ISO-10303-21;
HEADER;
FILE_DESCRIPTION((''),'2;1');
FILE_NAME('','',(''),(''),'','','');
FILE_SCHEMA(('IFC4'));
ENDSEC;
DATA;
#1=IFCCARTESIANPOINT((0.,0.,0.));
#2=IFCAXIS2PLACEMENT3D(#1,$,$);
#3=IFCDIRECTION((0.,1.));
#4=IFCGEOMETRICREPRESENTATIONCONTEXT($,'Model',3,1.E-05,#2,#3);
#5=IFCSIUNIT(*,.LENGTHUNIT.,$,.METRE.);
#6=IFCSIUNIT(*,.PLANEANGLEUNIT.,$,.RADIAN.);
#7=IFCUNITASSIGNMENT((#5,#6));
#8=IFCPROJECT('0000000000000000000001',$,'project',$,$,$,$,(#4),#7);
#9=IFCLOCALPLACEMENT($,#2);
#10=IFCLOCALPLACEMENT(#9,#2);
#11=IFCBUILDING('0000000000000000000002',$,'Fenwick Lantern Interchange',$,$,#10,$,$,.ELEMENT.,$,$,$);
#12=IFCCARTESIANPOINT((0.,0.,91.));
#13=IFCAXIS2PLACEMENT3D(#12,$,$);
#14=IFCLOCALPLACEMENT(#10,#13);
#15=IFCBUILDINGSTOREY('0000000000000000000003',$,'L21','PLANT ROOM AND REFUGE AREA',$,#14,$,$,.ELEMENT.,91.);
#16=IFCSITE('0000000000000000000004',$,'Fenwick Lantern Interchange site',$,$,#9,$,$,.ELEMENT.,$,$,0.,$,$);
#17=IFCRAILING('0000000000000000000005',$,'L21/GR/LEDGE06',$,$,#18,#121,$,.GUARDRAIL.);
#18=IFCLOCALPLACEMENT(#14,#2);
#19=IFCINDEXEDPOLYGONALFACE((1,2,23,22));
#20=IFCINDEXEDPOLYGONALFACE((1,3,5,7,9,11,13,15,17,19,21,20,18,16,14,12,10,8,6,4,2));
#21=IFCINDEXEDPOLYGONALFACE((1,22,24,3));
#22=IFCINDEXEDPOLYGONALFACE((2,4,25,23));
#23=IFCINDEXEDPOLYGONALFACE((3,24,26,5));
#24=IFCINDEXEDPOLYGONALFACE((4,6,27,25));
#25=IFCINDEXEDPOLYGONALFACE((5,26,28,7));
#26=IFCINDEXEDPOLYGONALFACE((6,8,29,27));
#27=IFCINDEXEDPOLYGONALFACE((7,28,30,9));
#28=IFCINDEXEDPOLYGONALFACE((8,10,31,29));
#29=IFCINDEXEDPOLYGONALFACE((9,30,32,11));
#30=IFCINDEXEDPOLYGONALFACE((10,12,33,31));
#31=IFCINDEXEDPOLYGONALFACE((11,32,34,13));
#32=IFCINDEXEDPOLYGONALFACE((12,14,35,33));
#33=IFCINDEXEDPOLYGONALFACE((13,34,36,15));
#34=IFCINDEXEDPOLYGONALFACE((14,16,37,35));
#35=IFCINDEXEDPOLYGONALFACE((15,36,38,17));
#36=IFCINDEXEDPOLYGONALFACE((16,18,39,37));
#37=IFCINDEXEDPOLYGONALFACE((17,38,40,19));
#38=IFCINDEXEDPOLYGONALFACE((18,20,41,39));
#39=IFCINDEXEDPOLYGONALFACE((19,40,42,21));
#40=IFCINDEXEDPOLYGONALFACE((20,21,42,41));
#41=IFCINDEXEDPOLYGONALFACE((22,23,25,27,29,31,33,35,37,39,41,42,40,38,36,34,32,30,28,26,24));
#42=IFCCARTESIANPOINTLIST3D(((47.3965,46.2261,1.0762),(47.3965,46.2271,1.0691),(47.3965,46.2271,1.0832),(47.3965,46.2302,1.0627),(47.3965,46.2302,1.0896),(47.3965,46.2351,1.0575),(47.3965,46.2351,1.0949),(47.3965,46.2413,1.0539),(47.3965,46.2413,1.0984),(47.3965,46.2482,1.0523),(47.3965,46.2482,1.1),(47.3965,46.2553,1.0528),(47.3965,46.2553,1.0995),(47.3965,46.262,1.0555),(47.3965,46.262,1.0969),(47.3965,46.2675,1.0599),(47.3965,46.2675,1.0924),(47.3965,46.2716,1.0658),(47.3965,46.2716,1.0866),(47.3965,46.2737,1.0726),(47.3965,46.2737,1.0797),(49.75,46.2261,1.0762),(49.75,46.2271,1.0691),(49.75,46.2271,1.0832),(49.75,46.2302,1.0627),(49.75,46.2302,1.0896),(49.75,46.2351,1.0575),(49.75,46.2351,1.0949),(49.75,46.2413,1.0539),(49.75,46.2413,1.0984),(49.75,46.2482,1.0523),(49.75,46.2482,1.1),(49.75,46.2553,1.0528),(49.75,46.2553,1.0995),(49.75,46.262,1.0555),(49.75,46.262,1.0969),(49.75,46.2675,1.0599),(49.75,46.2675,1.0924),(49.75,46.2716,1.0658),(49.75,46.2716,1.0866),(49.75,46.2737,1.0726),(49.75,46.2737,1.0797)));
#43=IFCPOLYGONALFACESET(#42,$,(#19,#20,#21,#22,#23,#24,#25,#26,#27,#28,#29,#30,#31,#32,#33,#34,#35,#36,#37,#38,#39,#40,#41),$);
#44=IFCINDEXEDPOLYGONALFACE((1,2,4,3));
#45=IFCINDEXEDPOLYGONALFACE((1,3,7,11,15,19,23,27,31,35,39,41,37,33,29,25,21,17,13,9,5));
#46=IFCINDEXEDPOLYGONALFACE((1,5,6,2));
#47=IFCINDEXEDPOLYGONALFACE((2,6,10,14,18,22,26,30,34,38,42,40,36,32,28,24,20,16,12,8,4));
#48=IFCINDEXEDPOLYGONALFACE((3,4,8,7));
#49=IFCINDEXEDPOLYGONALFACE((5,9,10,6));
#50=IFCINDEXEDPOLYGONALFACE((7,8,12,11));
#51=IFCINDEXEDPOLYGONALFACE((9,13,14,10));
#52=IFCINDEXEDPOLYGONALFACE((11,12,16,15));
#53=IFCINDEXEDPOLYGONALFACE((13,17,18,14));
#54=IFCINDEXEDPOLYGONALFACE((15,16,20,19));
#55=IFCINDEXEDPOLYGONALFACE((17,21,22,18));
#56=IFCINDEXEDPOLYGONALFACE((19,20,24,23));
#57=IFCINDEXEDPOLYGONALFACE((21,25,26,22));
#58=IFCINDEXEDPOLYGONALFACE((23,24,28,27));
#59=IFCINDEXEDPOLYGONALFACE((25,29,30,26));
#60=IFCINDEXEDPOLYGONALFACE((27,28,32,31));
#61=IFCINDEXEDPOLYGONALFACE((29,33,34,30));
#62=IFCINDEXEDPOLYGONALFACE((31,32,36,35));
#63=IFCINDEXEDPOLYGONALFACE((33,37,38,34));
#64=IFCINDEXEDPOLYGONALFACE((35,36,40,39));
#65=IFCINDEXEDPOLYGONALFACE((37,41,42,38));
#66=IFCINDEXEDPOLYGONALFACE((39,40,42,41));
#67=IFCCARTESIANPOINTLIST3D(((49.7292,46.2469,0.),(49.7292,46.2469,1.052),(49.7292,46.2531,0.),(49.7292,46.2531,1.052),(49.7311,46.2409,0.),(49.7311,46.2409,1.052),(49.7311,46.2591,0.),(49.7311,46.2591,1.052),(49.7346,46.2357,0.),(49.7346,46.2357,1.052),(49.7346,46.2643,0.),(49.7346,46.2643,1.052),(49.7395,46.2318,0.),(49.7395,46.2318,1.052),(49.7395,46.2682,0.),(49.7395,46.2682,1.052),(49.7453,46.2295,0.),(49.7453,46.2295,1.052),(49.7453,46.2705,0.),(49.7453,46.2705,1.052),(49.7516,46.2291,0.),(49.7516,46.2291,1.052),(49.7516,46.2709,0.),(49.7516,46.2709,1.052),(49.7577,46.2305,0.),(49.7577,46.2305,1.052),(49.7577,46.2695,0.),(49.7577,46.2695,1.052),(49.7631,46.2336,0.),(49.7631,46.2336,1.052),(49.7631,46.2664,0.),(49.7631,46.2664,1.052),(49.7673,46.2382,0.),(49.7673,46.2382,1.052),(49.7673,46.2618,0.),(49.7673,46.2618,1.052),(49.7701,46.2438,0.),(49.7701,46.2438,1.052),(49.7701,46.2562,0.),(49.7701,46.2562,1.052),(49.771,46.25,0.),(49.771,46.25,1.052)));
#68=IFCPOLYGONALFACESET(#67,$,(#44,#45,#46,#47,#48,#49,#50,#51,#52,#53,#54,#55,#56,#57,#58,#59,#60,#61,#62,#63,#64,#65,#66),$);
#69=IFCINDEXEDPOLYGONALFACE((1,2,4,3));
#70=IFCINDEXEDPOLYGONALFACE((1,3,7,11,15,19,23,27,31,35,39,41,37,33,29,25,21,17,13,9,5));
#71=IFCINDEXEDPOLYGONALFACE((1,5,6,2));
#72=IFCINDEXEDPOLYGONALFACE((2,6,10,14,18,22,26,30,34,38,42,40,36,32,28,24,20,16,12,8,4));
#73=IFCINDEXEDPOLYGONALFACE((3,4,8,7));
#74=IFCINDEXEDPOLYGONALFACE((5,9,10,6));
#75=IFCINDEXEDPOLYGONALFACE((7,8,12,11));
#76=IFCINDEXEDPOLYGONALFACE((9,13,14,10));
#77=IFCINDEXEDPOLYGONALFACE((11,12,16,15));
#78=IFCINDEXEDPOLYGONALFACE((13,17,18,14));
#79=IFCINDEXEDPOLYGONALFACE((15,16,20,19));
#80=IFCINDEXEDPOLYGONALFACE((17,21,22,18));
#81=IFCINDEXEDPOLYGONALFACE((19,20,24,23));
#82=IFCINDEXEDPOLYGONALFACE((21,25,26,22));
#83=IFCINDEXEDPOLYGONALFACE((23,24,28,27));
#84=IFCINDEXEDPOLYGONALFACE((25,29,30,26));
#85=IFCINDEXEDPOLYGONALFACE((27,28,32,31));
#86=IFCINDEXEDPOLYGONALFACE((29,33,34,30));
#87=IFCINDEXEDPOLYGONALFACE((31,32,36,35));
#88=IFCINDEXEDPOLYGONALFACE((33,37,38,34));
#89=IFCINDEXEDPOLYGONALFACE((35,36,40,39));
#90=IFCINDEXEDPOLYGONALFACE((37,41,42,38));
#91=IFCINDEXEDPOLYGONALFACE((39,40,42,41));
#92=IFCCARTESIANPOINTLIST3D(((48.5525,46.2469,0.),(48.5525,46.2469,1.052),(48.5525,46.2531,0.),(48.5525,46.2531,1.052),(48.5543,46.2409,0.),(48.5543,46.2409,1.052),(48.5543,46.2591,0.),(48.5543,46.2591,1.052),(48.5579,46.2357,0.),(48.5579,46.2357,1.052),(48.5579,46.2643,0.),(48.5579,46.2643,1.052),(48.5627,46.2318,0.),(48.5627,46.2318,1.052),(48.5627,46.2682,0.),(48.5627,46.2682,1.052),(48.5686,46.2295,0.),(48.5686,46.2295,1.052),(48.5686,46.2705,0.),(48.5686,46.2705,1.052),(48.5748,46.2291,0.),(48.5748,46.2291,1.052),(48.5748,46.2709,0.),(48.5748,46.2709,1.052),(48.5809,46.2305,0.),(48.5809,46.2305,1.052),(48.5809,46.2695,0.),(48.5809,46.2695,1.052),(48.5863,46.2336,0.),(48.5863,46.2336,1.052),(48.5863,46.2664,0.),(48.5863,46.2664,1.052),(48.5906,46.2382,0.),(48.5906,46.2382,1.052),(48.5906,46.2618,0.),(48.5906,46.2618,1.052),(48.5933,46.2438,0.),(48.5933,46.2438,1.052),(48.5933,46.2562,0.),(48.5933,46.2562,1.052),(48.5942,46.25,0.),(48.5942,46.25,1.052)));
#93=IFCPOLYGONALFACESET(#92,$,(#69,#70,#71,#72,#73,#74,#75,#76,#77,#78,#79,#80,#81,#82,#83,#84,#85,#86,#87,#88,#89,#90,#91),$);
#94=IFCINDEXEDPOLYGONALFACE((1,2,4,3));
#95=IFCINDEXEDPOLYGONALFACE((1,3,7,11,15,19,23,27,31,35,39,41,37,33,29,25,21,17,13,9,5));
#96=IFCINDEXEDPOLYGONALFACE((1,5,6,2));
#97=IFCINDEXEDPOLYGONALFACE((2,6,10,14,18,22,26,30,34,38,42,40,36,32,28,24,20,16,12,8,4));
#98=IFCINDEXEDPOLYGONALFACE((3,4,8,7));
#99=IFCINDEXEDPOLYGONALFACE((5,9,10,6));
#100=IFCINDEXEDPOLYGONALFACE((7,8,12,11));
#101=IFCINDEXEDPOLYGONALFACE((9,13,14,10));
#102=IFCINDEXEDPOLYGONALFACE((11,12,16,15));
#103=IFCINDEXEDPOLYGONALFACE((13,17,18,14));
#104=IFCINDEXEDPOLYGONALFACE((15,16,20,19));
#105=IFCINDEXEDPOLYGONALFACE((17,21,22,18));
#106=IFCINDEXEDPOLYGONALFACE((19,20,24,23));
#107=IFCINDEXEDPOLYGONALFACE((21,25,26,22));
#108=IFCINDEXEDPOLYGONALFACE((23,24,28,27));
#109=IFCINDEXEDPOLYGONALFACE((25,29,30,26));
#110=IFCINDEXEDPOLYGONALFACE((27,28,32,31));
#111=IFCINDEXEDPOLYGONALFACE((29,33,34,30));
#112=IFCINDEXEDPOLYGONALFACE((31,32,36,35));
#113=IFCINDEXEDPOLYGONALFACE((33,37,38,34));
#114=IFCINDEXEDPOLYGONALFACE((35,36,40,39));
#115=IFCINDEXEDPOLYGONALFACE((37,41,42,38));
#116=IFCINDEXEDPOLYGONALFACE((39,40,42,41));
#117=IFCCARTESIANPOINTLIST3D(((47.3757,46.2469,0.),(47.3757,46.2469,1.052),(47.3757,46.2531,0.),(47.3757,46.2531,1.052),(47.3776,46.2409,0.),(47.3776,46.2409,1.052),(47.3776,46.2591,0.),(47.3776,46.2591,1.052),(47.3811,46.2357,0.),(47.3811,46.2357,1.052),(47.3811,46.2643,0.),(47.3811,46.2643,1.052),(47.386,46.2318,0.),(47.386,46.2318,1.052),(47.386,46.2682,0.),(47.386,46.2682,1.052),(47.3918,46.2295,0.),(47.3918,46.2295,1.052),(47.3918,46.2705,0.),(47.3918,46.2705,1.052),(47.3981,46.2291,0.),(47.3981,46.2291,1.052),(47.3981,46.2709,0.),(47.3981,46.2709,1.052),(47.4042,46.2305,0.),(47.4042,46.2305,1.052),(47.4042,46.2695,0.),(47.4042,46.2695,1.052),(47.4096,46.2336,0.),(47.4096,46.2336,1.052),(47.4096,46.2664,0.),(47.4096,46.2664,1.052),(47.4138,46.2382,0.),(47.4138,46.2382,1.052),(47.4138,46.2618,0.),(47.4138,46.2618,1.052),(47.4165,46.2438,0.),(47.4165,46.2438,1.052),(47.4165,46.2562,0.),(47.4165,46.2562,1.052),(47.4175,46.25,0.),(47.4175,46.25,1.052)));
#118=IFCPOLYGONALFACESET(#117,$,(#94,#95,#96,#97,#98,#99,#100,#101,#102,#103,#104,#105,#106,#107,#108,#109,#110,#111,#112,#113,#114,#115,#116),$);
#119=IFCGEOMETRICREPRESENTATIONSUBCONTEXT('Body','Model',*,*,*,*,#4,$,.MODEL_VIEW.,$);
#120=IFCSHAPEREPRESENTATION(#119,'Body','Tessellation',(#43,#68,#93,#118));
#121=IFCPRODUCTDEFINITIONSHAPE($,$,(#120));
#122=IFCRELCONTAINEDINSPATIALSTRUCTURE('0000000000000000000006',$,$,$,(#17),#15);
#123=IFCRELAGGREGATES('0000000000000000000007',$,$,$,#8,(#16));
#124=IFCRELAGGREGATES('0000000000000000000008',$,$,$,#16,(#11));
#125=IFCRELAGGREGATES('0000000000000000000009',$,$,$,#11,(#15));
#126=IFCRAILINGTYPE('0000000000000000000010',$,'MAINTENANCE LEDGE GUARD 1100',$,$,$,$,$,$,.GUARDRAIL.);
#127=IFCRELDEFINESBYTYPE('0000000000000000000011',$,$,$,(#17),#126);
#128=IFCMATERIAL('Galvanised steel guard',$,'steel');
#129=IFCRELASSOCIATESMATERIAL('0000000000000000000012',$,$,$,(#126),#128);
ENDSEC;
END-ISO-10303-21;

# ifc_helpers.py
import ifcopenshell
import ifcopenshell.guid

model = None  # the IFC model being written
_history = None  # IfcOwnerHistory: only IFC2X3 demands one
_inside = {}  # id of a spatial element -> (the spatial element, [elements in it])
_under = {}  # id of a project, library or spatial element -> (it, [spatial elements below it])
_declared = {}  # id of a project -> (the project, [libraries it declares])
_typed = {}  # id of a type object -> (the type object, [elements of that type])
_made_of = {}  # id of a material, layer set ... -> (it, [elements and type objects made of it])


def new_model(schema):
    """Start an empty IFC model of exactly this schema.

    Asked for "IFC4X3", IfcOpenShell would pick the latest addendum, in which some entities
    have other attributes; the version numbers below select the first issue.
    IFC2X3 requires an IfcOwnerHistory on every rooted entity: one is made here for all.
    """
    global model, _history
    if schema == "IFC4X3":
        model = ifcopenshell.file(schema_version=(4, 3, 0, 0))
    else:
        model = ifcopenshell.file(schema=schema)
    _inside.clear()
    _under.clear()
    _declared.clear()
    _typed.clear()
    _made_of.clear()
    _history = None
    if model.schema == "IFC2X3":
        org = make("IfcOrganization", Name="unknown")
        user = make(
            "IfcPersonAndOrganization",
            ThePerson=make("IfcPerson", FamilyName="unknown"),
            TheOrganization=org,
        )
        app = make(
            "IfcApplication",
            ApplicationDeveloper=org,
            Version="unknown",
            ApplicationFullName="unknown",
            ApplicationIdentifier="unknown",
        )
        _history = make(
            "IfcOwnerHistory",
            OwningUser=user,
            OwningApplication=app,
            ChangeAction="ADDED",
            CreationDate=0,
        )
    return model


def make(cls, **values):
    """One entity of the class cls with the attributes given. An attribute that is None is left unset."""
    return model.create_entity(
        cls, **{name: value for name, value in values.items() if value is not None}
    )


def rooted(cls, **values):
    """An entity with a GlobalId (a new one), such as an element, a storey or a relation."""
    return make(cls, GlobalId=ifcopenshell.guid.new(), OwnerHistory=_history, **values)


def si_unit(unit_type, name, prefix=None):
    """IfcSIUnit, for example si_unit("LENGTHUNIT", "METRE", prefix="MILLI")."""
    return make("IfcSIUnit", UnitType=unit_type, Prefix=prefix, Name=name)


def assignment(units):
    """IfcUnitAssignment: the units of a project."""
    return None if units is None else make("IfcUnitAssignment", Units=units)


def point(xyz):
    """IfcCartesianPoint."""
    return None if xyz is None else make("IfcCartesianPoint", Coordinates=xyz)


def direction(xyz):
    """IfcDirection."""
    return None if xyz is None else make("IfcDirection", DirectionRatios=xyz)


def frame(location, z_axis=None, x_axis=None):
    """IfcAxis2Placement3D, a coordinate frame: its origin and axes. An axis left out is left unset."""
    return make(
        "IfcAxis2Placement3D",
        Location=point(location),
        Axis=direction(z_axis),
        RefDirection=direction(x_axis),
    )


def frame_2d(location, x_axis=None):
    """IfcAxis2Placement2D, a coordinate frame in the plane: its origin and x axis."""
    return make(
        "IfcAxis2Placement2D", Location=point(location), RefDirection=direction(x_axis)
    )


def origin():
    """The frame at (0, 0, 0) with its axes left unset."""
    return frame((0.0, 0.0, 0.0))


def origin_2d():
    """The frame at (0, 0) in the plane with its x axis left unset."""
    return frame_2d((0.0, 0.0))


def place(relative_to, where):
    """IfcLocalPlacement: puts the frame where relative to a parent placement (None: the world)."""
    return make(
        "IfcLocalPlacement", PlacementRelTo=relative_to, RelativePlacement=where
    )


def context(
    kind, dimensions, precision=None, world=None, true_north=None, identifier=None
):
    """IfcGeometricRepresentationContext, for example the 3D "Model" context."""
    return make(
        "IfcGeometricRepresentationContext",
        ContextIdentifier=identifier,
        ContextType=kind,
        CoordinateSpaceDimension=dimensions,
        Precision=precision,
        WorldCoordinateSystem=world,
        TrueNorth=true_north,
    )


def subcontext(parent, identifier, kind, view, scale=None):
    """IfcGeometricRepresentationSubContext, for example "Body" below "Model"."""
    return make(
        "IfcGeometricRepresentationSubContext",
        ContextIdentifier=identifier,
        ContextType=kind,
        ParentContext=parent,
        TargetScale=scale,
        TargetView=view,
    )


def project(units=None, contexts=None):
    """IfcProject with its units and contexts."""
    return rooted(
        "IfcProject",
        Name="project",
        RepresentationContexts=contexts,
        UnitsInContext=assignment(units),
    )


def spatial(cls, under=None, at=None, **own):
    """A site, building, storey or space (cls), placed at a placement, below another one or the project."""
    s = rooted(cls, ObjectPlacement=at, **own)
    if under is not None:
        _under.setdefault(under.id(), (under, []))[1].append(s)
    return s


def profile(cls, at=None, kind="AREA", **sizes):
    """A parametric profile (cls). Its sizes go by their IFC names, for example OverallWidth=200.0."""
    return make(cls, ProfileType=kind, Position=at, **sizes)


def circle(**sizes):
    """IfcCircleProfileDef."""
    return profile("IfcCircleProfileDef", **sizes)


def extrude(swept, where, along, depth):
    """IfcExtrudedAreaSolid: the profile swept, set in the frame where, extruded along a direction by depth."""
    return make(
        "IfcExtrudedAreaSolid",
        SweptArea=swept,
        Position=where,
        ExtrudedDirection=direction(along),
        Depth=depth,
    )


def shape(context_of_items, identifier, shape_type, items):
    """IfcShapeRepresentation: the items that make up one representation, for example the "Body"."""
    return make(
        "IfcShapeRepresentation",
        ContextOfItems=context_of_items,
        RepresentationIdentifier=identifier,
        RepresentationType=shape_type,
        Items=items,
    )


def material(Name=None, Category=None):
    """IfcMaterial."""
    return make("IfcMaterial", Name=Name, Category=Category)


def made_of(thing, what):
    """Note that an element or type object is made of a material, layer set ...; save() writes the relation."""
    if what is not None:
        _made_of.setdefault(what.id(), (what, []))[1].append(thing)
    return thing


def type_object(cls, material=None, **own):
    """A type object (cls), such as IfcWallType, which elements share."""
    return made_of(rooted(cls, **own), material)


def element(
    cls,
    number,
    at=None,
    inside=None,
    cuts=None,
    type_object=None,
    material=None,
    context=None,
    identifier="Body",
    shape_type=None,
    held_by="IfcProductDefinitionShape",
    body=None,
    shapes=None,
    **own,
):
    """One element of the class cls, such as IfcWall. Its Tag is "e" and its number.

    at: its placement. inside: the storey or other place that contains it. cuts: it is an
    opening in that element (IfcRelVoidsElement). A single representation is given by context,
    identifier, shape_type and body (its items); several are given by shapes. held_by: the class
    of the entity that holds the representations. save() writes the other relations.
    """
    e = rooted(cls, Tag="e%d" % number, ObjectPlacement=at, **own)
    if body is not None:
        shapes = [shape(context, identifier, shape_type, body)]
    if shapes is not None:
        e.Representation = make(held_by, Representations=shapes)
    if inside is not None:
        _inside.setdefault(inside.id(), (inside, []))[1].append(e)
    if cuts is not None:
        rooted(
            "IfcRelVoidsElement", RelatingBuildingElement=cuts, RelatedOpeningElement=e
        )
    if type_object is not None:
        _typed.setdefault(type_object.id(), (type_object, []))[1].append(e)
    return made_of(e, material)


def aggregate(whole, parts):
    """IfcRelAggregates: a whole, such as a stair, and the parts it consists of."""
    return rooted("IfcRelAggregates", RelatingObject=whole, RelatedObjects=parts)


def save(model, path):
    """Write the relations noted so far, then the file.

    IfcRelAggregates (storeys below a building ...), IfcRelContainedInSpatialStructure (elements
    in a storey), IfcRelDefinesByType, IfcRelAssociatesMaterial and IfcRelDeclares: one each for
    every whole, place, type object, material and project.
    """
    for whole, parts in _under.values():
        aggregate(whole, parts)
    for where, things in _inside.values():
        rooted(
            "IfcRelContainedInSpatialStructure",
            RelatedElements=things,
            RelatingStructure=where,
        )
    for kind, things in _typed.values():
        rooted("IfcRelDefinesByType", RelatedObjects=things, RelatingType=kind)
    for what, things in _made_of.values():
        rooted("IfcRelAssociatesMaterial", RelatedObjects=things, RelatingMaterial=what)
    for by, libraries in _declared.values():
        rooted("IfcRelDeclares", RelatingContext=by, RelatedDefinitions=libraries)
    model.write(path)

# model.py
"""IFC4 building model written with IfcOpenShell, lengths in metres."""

from ifc_helpers import new_model, si_unit, direction, frame, origin, origin_2d, place, context, subcontext, project, spatial, circle, extrude, material, type_object, element, save


model = new_model("IFC4")

# Units and contexts
model_context = context("Model", 3, precision=1e-05, world=origin(), true_north=direction((0.0, 1.0)))
body_context = subcontext(model_context, "Body", "Model", "MODEL_VIEW")
ifc_project = project(units=[si_unit("LENGTHUNIT", "METRE"), si_unit("PLANEANGLEUNIT", "RADIAN")], contexts=[model_context])

# Site, building, storey
site_placement = place(None, origin())
site = spatial("IfcSite", under=ifc_project, at=site_placement, Name="Fenwick Lantern Interchange site", CompositionType="ELEMENT", RefElevation=0.0)
building_placement = place(site_placement, origin())
building = spatial("IfcBuilding", under=site, at=building_placement, Name="Fenwick Lantern Interchange", CompositionType="ELEMENT")
storey_placement = place(building_placement, frame((0.0, 0.0, 91.0)))
storey = spatial("IfcBuildingStorey", under=building, at=storey_placement, Name="L21", Description="PLANT ROOM AND REFUGE AREA", CompositionType="ELEMENT", Elevation=91.0)

# Railing
ifc_material_1 = material(Name="Galvanised steel guard", Category="steel")
railing_type = type_object("IfcRailingType", Name="MAINTENANCE LEDGE GUARD 1100", PredefinedType="GUARDRAIL", material=ifc_material_1)
railing_1_placement = place(storey_placement, frame((49.75, 46.25, 0.0)))
element("IfcRailing", 1, at=railing_1_placement, inside=storey, type_object=railing_type, Name="L21/GR/LEDGE06", PredefinedType="GUARDRAIL", context=body_context, shape_type="SweptSolid", body=[
    extrude(circle(Radius=0.0239, at=origin_2d()), frame((0.0, 0.0, 1.0762), z_axis=(-1.0, 0.0, 0.0), x_axis=(0.0, -1.0, 0.0)), (0.0, 0.0, 1.0), 2.3535),
    extrude(circle(Radius=0.021, at=origin_2d()), origin(), (0.0, 0.0, 1.0), 1.052),
    extrude(circle(Radius=0.021, at=origin_2d()), frame((-1.1768, 0.0, 0.0)), (0.0, 0.0, 1.0), 1.052),
    extrude(circle(Radius=0.021, at=origin_2d()), frame((-2.3535, 0.0, 0.0)), (0.0, 0.0, 1.0), 1.052),
])

save(model, "model.ifc")
